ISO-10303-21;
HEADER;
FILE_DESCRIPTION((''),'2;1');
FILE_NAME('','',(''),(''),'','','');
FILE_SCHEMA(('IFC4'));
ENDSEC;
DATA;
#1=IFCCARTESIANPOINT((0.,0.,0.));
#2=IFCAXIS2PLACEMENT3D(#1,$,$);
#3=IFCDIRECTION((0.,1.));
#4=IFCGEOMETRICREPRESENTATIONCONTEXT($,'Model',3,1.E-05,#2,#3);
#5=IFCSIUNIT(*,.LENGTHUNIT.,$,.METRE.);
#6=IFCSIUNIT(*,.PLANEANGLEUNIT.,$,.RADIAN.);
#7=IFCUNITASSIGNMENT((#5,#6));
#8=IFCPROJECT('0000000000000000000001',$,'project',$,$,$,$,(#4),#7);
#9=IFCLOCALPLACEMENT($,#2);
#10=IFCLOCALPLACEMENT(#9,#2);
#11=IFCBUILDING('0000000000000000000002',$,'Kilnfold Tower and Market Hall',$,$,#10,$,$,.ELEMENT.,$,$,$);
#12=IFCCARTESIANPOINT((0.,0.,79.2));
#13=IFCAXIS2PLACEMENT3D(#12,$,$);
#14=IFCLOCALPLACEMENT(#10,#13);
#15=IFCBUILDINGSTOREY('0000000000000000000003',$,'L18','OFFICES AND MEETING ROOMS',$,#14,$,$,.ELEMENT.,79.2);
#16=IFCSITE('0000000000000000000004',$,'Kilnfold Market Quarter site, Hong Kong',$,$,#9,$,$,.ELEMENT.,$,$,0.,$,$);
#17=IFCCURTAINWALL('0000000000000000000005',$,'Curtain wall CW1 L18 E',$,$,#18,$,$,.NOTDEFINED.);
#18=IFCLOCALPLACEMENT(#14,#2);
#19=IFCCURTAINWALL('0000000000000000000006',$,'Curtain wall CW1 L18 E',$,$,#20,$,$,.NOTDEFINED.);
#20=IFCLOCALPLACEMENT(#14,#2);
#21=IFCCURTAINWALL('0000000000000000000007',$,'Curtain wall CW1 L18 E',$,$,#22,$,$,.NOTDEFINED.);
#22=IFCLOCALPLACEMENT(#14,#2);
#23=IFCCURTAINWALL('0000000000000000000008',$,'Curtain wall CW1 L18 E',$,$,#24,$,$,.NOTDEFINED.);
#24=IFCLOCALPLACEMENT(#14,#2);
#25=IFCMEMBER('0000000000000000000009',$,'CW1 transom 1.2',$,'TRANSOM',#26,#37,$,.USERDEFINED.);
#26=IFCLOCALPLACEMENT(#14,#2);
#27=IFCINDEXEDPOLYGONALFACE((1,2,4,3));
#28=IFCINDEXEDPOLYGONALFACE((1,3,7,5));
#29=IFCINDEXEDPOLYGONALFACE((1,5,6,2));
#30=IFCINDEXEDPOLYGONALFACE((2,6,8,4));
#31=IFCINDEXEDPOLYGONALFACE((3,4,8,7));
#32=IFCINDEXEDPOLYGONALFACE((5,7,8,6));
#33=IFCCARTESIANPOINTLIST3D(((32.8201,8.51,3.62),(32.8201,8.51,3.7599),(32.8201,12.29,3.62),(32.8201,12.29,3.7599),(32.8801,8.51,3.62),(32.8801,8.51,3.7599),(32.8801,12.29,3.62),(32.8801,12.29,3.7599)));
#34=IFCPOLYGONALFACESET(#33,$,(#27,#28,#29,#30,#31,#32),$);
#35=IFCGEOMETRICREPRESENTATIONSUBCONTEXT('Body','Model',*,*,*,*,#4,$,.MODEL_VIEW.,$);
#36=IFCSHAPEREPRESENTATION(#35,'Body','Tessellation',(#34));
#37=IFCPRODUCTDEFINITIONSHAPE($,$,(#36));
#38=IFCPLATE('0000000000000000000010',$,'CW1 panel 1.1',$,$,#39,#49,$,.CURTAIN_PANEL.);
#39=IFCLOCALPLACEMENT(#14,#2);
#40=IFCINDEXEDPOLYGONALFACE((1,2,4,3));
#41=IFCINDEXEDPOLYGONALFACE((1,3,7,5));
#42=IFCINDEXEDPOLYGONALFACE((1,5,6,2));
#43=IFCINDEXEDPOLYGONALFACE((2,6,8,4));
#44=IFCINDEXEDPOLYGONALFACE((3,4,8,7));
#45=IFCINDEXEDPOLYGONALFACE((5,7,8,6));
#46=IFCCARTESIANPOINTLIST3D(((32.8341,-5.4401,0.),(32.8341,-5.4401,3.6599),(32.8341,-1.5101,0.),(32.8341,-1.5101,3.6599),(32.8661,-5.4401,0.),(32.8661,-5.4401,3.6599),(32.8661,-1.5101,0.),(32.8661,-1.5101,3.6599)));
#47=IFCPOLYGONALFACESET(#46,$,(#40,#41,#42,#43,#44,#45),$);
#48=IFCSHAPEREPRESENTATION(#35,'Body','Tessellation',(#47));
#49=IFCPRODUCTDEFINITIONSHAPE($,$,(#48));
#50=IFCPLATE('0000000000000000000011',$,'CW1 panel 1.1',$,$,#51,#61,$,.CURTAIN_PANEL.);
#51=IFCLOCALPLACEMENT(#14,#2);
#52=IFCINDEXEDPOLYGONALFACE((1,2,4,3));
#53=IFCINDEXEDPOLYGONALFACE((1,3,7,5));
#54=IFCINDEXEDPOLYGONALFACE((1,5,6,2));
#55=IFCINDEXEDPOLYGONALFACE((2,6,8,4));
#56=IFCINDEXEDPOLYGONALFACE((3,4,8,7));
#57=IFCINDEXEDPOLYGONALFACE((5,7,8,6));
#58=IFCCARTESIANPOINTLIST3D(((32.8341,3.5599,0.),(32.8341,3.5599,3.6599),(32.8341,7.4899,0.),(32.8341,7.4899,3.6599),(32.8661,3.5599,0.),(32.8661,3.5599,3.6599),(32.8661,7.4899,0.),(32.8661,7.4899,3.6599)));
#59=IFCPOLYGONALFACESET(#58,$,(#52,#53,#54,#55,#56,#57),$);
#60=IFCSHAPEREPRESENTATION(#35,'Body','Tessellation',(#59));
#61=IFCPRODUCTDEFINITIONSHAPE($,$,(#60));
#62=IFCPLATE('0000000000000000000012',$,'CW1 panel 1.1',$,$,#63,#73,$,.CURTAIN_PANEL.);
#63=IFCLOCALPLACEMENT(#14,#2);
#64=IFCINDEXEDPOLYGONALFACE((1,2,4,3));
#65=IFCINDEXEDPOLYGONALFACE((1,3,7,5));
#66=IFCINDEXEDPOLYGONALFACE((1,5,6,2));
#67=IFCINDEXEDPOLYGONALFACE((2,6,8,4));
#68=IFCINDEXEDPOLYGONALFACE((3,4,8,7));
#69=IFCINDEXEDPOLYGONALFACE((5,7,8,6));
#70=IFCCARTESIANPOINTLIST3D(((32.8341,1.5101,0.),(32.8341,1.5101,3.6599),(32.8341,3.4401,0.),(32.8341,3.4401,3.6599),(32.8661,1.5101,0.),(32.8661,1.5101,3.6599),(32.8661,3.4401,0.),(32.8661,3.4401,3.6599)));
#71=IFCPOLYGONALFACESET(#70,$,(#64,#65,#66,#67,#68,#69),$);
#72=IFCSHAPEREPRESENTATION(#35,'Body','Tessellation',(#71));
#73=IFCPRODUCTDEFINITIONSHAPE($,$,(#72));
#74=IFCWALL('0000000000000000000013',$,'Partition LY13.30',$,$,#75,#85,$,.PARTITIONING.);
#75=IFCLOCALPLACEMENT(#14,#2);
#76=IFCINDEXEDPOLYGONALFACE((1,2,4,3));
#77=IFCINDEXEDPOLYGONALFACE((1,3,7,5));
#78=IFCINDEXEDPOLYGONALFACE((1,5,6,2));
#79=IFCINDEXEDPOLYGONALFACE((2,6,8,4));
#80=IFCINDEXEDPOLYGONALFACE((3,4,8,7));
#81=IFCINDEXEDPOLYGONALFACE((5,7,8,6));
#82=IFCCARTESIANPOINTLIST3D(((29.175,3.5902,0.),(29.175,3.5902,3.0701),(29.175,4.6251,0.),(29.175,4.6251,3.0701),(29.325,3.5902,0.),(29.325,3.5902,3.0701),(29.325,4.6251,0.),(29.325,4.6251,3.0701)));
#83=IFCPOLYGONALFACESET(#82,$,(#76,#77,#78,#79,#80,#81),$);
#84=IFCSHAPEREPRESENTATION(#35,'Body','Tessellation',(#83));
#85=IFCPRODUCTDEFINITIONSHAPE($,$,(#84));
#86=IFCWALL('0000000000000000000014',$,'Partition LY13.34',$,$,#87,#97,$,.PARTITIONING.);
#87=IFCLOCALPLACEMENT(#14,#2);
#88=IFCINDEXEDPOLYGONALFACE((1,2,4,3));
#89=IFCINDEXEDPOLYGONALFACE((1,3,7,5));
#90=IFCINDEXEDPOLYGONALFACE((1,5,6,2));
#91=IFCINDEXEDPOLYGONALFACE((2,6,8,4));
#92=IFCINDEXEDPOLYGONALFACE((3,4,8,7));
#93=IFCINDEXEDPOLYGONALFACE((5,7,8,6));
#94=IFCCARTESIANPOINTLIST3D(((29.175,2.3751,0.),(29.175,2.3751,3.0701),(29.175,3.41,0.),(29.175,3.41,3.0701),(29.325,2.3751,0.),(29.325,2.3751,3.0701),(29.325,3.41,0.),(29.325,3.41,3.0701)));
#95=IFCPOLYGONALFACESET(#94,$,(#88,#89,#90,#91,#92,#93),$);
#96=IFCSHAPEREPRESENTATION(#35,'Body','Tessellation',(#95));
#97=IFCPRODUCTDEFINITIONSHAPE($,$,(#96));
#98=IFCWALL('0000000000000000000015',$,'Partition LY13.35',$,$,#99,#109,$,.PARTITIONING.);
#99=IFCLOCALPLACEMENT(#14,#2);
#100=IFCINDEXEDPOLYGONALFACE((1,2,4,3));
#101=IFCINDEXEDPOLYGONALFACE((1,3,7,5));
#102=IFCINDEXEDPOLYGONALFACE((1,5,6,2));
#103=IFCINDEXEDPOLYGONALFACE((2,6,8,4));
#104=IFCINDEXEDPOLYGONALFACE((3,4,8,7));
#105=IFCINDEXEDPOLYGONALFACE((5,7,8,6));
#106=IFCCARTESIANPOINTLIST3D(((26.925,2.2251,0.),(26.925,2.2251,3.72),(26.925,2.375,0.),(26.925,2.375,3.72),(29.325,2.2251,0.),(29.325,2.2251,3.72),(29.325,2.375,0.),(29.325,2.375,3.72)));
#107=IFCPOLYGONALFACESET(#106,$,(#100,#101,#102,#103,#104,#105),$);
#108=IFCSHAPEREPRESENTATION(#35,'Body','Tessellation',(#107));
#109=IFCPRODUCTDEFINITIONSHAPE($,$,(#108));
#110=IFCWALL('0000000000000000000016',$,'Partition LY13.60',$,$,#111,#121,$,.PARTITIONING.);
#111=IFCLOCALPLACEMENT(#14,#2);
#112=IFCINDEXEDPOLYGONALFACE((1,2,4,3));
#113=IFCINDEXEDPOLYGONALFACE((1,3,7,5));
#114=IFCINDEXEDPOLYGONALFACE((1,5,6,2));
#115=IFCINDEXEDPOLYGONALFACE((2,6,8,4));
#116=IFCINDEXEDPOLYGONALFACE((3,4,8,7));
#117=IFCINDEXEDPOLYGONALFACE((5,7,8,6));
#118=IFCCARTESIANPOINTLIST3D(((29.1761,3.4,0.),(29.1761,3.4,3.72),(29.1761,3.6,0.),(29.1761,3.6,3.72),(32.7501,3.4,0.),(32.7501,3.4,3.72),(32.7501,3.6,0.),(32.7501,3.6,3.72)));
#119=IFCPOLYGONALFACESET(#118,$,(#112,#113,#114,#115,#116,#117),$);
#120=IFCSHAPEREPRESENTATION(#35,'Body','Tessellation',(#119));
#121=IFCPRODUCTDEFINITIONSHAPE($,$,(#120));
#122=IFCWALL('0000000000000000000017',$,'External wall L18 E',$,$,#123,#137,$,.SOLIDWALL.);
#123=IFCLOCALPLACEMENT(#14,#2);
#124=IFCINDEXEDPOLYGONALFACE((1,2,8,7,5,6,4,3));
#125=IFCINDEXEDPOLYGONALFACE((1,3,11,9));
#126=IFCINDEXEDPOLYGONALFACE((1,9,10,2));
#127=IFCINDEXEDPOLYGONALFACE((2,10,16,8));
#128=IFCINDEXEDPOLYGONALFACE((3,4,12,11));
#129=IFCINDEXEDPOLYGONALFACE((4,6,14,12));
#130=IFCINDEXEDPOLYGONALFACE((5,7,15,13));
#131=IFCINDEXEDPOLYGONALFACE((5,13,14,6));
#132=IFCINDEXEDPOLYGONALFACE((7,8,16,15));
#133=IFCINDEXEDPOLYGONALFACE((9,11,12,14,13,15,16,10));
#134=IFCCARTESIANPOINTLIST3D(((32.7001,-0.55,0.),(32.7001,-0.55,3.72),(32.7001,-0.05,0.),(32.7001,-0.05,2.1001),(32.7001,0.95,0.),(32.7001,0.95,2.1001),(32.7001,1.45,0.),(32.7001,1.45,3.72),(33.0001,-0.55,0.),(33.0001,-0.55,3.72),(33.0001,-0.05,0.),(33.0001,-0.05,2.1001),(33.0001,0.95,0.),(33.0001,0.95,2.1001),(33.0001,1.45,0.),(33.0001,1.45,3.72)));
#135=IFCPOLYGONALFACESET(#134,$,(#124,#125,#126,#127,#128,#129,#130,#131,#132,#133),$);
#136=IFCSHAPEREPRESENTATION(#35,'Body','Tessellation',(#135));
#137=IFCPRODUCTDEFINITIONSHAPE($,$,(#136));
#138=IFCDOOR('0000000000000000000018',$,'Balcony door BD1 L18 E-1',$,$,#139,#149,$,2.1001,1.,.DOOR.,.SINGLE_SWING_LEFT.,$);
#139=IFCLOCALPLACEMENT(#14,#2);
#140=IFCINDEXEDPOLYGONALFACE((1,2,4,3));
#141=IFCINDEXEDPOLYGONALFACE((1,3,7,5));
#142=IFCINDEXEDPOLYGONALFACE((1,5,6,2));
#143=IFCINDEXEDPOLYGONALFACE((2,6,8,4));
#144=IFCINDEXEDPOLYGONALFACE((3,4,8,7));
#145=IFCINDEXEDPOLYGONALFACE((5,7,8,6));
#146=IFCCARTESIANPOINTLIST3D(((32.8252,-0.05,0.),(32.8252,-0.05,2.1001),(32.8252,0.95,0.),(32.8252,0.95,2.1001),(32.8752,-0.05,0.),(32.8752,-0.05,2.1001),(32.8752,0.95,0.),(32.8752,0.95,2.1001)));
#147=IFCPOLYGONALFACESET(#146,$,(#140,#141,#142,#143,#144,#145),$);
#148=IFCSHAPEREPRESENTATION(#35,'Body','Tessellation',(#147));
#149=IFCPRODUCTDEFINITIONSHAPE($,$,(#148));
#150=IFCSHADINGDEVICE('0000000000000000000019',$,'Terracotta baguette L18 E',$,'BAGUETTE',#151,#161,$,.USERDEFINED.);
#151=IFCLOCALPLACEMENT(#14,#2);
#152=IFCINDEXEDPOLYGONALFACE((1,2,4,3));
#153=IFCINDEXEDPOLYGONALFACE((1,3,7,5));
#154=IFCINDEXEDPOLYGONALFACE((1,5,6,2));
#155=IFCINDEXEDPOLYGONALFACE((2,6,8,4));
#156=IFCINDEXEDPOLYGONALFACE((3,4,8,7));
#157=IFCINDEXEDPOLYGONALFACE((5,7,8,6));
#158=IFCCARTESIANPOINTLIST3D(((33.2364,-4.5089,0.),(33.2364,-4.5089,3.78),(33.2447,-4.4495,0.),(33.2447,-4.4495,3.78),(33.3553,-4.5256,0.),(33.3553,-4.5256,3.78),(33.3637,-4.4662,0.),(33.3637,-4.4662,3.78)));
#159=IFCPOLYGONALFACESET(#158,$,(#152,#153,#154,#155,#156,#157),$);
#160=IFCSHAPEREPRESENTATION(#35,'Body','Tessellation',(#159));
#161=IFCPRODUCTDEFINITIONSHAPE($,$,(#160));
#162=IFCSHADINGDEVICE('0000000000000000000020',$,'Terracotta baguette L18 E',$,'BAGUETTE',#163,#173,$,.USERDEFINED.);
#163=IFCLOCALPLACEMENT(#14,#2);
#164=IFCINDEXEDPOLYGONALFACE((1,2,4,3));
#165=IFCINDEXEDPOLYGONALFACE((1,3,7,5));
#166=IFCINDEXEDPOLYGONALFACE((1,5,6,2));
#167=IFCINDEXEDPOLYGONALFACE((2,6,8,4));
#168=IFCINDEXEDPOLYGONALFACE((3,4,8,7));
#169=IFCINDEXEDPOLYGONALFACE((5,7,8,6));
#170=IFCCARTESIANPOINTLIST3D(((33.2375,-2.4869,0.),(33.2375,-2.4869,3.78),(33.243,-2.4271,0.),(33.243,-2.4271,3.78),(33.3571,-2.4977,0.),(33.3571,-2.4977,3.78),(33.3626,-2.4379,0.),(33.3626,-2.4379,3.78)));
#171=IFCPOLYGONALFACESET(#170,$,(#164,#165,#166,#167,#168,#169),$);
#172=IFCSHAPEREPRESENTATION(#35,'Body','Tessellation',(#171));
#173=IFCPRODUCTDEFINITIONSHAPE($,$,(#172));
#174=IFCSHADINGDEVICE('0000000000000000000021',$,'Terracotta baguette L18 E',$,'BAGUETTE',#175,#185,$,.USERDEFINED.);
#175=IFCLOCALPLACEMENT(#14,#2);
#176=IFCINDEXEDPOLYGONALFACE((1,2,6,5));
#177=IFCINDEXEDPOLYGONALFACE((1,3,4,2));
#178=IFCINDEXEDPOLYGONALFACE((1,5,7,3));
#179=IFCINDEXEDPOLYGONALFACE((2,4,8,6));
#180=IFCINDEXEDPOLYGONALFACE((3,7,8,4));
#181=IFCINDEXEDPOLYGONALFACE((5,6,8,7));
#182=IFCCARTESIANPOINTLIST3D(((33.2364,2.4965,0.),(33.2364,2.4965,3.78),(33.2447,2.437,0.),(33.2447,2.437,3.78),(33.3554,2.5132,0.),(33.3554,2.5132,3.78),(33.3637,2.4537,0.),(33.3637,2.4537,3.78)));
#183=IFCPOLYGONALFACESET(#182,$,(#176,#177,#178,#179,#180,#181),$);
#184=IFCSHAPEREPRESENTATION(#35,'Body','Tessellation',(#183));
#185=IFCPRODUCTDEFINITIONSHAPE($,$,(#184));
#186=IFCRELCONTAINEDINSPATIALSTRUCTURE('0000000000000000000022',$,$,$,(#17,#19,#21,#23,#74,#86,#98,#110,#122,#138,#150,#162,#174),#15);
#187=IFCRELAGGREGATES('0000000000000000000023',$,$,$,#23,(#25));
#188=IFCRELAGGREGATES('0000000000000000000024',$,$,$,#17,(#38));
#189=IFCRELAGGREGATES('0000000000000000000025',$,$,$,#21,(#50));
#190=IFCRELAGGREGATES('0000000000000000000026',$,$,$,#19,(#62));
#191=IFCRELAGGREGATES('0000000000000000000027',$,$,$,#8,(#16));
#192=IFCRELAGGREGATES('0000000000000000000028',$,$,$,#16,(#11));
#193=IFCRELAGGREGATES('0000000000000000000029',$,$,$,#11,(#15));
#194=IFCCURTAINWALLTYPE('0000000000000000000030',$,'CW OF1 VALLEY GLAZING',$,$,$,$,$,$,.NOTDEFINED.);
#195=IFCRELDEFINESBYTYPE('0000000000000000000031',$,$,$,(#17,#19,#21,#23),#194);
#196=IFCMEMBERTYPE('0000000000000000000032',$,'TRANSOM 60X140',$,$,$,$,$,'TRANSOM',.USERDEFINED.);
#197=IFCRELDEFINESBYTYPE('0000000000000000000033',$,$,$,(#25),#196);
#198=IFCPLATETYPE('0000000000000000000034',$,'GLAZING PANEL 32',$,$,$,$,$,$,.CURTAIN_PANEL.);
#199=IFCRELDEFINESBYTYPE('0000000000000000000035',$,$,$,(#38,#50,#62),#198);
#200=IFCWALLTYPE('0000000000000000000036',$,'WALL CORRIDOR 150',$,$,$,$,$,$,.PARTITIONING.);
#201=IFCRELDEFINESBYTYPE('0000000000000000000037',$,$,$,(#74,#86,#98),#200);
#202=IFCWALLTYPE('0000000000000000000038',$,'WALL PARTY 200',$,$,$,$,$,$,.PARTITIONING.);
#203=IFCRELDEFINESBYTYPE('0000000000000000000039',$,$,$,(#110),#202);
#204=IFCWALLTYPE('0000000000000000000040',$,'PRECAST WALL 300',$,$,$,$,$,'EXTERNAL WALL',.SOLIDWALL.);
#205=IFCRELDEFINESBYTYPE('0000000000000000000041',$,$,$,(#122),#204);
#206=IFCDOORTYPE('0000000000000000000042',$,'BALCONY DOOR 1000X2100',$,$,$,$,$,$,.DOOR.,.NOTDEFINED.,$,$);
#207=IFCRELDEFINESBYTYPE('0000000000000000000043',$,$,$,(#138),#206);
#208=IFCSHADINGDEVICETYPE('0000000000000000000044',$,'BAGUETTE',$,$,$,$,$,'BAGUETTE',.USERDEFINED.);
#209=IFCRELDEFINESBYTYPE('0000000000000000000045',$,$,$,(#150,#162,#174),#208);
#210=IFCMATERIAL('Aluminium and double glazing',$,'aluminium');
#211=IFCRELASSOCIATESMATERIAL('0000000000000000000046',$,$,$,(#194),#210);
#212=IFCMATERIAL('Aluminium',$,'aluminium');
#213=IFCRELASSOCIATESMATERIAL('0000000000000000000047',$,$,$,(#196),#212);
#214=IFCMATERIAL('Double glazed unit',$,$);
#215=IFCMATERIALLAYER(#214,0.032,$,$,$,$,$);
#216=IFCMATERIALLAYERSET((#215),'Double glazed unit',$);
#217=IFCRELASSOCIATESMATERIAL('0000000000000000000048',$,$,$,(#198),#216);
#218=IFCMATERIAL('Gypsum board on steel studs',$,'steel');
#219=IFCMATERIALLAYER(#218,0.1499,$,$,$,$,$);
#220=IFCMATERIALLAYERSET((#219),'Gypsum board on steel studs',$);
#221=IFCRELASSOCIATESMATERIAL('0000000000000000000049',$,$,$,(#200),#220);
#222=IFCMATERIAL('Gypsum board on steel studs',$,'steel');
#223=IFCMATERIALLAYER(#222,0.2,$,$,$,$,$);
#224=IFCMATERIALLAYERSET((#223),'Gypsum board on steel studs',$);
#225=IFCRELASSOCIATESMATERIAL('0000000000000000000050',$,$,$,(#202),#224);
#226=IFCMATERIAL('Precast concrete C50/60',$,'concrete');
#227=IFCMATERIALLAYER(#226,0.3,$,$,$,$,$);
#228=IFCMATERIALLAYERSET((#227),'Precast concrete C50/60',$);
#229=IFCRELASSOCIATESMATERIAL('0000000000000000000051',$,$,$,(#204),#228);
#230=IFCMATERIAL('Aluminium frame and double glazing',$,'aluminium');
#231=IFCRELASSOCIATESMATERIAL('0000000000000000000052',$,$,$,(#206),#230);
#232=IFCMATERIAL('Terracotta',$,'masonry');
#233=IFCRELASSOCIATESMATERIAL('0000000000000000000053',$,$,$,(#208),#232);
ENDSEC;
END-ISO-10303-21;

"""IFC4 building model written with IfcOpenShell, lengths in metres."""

from ifc_helpers import new_model, si_unit, direction, frame, frame_2d, origin, origin_2d, place, context, subcontext, project, spatial, rectangle, extrude, source, transform, mapped, material, layer, layer_set, material_profile, profile_set, type_object, element, fill, aggregate, save


model = new_model("IFC4")

# Units and contexts
model_context = context("Model", 3, precision=1e-05, world=origin(), true_north=direction((0.0, 1.0)))
body_context = subcontext(model_context, "Body", "Model", "MODEL_VIEW")
ifc_project = project(units=[si_unit("LENGTHUNIT", "METRE"), si_unit("PLANEANGLEUNIT", "RADIAN")], contexts=[model_context])

# Site, building, storey
site_placement = place(None, origin())
site = spatial("IfcSite", under=ifc_project, at=site_placement, Name="Kilnfold Market Quarter site, Hong Kong", CompositionType="ELEMENT", RefElevation=0.0)
building_placement = place(site_placement, origin())
building = spatial("IfcBuilding", under=site, at=building_placement, Name="Kilnfold Tower and Market Hall", CompositionType="ELEMENT")
storey_placement = place(building_placement, frame((0.0, 0.0, 79.2)))
storey = spatial("IfcBuildingStorey", under=building, at=storey_placement, Name="L18", Description="OFFICES AND MEETING ROOMS", CompositionType="ELEMENT", Elevation=79.2)

# Curtain walls
ifc_material_1 = material(Name="Aluminium and double glazing", Category="aluminium")
curtain_wall_type = type_object("IfcCurtainWallType", Name="CW OF1 VALLEY GLAZING", PredefinedType="NOTDEFINED", material=ifc_material_1)
curtain_wall_1_placement = place(storey_placement, origin())
curtain_wall_1 = element("IfcCurtainWall", 1, at=curtain_wall_1_placement, inside=storey, type_object=curtain_wall_type, Name="Curtain wall CW1 L18 E", PredefinedType="NOTDEFINED")
curtain_wall_2_placement = place(storey_placement, origin())
curtain_wall_2 = element("IfcCurtainWall", 2, at=curtain_wall_2_placement, inside=storey, type_object=curtain_wall_type, Name="Curtain wall CW1 L18 E", PredefinedType="NOTDEFINED")
curtain_wall_3_placement = place(storey_placement, origin())
curtain_wall_3 = element("IfcCurtainWall", 3, at=curtain_wall_3_placement, inside=storey, type_object=curtain_wall_type, Name="Curtain wall CW1 L18 E", PredefinedType="NOTDEFINED")

# Curtain wall
curtain_wall_4_placement = place(storey_placement, origin())
curtain_wall_4 = element("IfcCurtainWall", 4, at=curtain_wall_4_placement, inside=storey, type_object=curtain_wall_type, Name="Curtain wall CW1 L18 E", PredefinedType="NOTDEFINED")

# Member
ifc_material_2 = material(Name="Aluminium", Category="aluminium")
ifc_material_profile_1 = material_profile(ifc_material_2, rectangle(XDim=0.0601, YDim=0.1399, at=origin_2d()), Name="TRANSOM 60x140")
ifc_profile_set_1 = profile_set([ifc_material_profile_1], Name="Aluminium")
member_type_1 = type_object("IfcMemberType", Name="TRANSOM 60X140", ElementType="TRANSOM", PredefinedType="USERDEFINED", material=ifc_profile_set_1)
shared_shape_1 = source(origin(), body_context, "Body", "SweptSolid", [
    extrude(rectangle(XDim=0.0601, YDim=0.1399, at=origin_2d()), origin(), (0.0, 0.0, 1.0), 3.78),
])
member_1_placement = place(storey_placement, frame((32.8501, 8.51, 3.6899), z_axis=(0.0, 1.0, 0.0), x_axis=(-1.0, 0.0, 0.0)))
member_1 = element("IfcMember", 5, at=member_1_placement, type_object=member_type_1, Name="CW1 transom 1.2", ObjectType="TRANSOM", PredefinedType="USERDEFINED", context=body_context, shape_type="MappedRepresentation", body=[
    mapped(shared_shape_1, transform((0.0, 0.0, 0.0))),
])
aggregate(curtain_wall_4, [member_1])

# Plates
ifc_material_3 = material(Name="Double glazed unit")
ifc_layer_1 = layer(ifc_material_3, 0.032)
ifc_layer_set_1 = layer_set([ifc_layer_1], Name="Double glazed unit")
plate_type = type_object("IfcPlateType", Name="GLAZING PANEL 32", PredefinedType="CURTAIN_PANEL", material=ifc_layer_set_1)
shared_shape_2 = source(origin(), body_context, "Body", "SweptSolid", [
    extrude(rectangle(XDim=3.9299, YDim=0.032, at=origin_2d()), origin(), (0.0, 0.0, 1.0), 3.6599),
])
plate_1_placement = place(storey_placement, frame((32.8501, -3.4751, 0.0), z_axis=(0.0, 0.0, 1.0), x_axis=(0.0, 1.0, 0.0)))
plate_1 = element("IfcPlate", 6, at=plate_1_placement, type_object=plate_type, Name="CW1 panel 1.1", PredefinedType="CURTAIN_PANEL", context=body_context, shape_type="MappedRepresentation", body=[
    mapped(shared_shape_2, transform((0.0, 0.0, 0.0))),
])
aggregate(curtain_wall_1, [plate_1])
plate_2_placement = place(storey_placement, frame((32.8501, 5.5249, 0.0), z_axis=(0.0, 0.0, 1.0), x_axis=(0.0, 1.0, 0.0)))
plate_2 = element("IfcPlate", 7, at=plate_2_placement, type_object=plate_type, Name="CW1 panel 1.1", PredefinedType="CURTAIN_PANEL", context=body_context, shape_type="MappedRepresentation", body=[
    mapped(shared_shape_2, transform((0.0, 0.0, 0.0))),
])
aggregate(curtain_wall_3, [plate_2])
shared_shape_3 = source(origin(), body_context, "Body", "SweptSolid", [
    extrude(rectangle(XDim=1.9299, YDim=0.032, at=origin_2d()), origin(), (0.0, 0.0, 1.0), 3.6599),
])
plate_3_placement = place(storey_placement, frame((32.8501, 2.4751, 0.0), z_axis=(0.0, 0.0, 1.0), x_axis=(0.0, 1.0, 0.0)))
plate_3 = element("IfcPlate", 8, at=plate_3_placement, type_object=plate_type, Name="CW1 panel 1.1", PredefinedType="CURTAIN_PANEL", context=body_context, shape_type="MappedRepresentation", body=[
    mapped(shared_shape_3, transform((0.0, 0.0, 0.0))),
])
aggregate(curtain_wall_2, [plate_3])

# Walls
ifc_material_4 = material(Name="Gypsum board on steel studs", Category="steel")
ifc_layer_2 = layer(ifc_material_4, 0.1499)
ifc_layer_set_2 = layer_set([ifc_layer_2], Name="Gypsum board on steel studs")
wall_type_1 = type_object("IfcWallType", Name="WALL CORRIDOR 150", PredefinedType="PARTITIONING", material=ifc_layer_set_2)
for number, where, z_axis, x_axis, name in (
    (9, (29.25, 3.5901, 0.0), (0.0, 0.0, 1.0), (0.0, 1.0, 0.0), "Partition LY13.30"),
    (10, (29.25, 2.375, 0.0), (0.0, 0.0, 1.0), (0.0, 1.0, 0.0), "Partition LY13.34"),
):
    element("IfcWall", number, at=place(storey_placement, frame(where, z_axis=z_axis, x_axis=x_axis)), inside=storey, type_object=wall_type_1, Name=name, PredefinedType="PARTITIONING", context=body_context, shape_type="SweptSolid", body=[
        extrude(rectangle(XDim=1.0349, YDim=0.1499, at=frame_2d((0.5176, 0.0))), origin(), (0.0, 0.0, 1.0), 3.0701),
    ])
wall_1_placement = place(storey_placement, frame((26.925, 2.3, 0.0), z_axis=(0.0, 0.0, 1.0), x_axis=(1.0, 0.0, 0.0)))
element("IfcWall", 11, at=wall_1_placement, inside=storey, type_object=wall_type_1, Name="Partition LY13.35", PredefinedType="PARTITIONING", context=body_context, shape_type="SweptSolid", body=[
    extrude(rectangle(XDim=2.3999, YDim=0.1499, at=frame_2d((1.2, 0.0))), origin(), (0.0, 0.0, 1.0), 3.72),
])
ifc_material_5 = material(Name="Gypsum board on steel studs", Category="steel")
ifc_layer_3 = layer(ifc_material_5, 0.2)
ifc_layer_set_3 = layer_set([ifc_layer_3], Name="Gypsum board on steel studs")
wall_type_2 = type_object("IfcWallType", Name="WALL PARTY 200", PredefinedType="PARTITIONING", material=ifc_layer_set_3)
wall_2_placement = place(storey_placement, frame((29.176, 3.5, 0.0), z_axis=(0.0, 0.0, 1.0), x_axis=(1.0, 0.0, 0.0)))
element("IfcWall", 12, at=wall_2_placement, inside=storey, type_object=wall_type_2, Name="Partition LY13.60", PredefinedType="PARTITIONING", context=body_context, shape_type="SweptSolid", body=[
    extrude(rectangle(XDim=3.574, YDim=0.2, at=frame_2d((1.7871, 0.0))), origin(), (0.0, 0.0, 1.0), 3.72),
])

# Wall, opening, door
ifc_material_6 = material(Name="Precast concrete C50/60", Category="concrete")
ifc_layer_4 = layer(ifc_material_6, 0.3)
ifc_layer_set_4 = layer_set([ifc_layer_4], Name="Precast concrete C50/60")
wall_type_3 = type_object("IfcWallType", Name="PRECAST WALL 300", ElementType="EXTERNAL WALL", PredefinedType="SOLIDWALL", material=ifc_layer_set_4)
shared_shape_4 = source(origin(), body_context, "Body", "SweptSolid", [
    extrude(rectangle(XDim=2.0, YDim=0.3, at=frame_2d((1.0, 0.0))), origin(), (0.0, 0.0, 1.0), 3.72),
])
wall_3_placement = place(storey_placement, frame((32.8501, -0.55, 0.0), z_axis=(0.0, 0.0, 1.0), x_axis=(0.0, 1.0, 0.0)))
wall_3 = element("IfcWall", 13, at=wall_3_placement, inside=storey, type_object=wall_type_3, Name="External wall L18 E", PredefinedType="SOLIDWALL", context=body_context, shape_type="MappedRepresentation", body=[
    mapped(shared_shape_4, transform((0.0, 0.0, 0.0))),
])
opening_placement = place(wall_3_placement, frame((0.5, 0.0, 0.0)))
opening = element("IfcOpeningElement", 14, at=opening_placement, cuts=wall_3, PredefinedType="OPENING", context=body_context, shape_type="SweptSolid", body=[
    extrude(rectangle(XDim=1.0, YDim=2.1001, at=frame_2d((0.5, 1.05))), frame((0.0, 0.1602, 0.0), z_axis=(0.0, -1.0, 0.0), x_axis=(1.0, 0.0, 0.0)), (0.0, 0.0, 1.0), 0.3201),
])
ifc_material_7 = material(Name="Aluminium frame and double glazing", Category="aluminium")
door_type = type_object("IfcDoorType", Name="BALCONY DOOR 1000X2100", OperationType="NOTDEFINED", PredefinedType="DOOR", material=ifc_material_7)
door_placement = place(opening_placement, origin())
door = element("IfcDoor", 15, at=door_placement, inside=storey, type_object=door_type, Name="Balcony door BD1 L18 E-1", OperationType="SINGLE_SWING_LEFT", OverallHeight=2.1001, OverallWidth=1.0, PredefinedType="DOOR", context=body_context, shape_type="SweptSolid", body=[
    extrude(rectangle(XDim=1.0, YDim=2.1001, at=frame_2d((0.5, 1.05))), frame((0.0, 0.0249, 0.0), z_axis=(0.0, -1.0, 0.0), x_axis=(1.0, 0.0, 0.0)), (0.0, 0.0, 1.0), 0.05),
])
fill(opening, door)

# Shading devices
ifc_material_8 = material(Name="Terracotta", Category="masonry")
ifc_material_profile_2 = material_profile(ifc_material_8, rectangle(XDim=0.0601, YDim=0.1201, at=origin_2d()), Name="BAG 60x120")
ifc_profile_set_2 = profile_set([ifc_material_profile_2], Name="Terracotta")
shading_device_type = type_object("IfcShadingDeviceType", Name="BAGUETTE", ElementType="BAGUETTE", PredefinedType="USERDEFINED", material=ifc_profile_set_2)
shared_shape_5 = source(origin(), body_context, "Body", "SweptSolid", [
    extrude(rectangle(XDim=0.0601, YDim=0.1201, at=origin_2d()), origin(), (0.0, 0.0, 1.0), 3.78),
])
for number, where, z_axis, x_axis, name in (
    (16, (33.3, -4.4875, 0.0), (0.0, 0.0, 1.0), (0.13904, 0.990287, 0.0), "Terracotta baguette L18 E"),
    (17, (33.3, -2.4624, 0.0), (0.0, 0.0, 1.0), (0.090448, 0.995901, 0.0), "Terracotta baguette L18 E"),
    (18, (33.3, 2.4751, 0.0), (0.0, 0.0, 1.0), (-0.138919, 0.990304, 0.0), "Terracotta baguette L18 E"),
):
    element("IfcShadingDevice", number, at=place(storey_placement, frame(where, z_axis=z_axis, x_axis=x_axis)), inside=storey, type_object=shading_device_type, Name=name, ObjectType="BAGUETTE", PredefinedType="USERDEFINED", context=body_context, shape_type="MappedRepresentation", body=[
        mapped(shared_shape_5, transform((0.0, 0.0, 0.0))),
    ])

save(model, "model.ifc")
